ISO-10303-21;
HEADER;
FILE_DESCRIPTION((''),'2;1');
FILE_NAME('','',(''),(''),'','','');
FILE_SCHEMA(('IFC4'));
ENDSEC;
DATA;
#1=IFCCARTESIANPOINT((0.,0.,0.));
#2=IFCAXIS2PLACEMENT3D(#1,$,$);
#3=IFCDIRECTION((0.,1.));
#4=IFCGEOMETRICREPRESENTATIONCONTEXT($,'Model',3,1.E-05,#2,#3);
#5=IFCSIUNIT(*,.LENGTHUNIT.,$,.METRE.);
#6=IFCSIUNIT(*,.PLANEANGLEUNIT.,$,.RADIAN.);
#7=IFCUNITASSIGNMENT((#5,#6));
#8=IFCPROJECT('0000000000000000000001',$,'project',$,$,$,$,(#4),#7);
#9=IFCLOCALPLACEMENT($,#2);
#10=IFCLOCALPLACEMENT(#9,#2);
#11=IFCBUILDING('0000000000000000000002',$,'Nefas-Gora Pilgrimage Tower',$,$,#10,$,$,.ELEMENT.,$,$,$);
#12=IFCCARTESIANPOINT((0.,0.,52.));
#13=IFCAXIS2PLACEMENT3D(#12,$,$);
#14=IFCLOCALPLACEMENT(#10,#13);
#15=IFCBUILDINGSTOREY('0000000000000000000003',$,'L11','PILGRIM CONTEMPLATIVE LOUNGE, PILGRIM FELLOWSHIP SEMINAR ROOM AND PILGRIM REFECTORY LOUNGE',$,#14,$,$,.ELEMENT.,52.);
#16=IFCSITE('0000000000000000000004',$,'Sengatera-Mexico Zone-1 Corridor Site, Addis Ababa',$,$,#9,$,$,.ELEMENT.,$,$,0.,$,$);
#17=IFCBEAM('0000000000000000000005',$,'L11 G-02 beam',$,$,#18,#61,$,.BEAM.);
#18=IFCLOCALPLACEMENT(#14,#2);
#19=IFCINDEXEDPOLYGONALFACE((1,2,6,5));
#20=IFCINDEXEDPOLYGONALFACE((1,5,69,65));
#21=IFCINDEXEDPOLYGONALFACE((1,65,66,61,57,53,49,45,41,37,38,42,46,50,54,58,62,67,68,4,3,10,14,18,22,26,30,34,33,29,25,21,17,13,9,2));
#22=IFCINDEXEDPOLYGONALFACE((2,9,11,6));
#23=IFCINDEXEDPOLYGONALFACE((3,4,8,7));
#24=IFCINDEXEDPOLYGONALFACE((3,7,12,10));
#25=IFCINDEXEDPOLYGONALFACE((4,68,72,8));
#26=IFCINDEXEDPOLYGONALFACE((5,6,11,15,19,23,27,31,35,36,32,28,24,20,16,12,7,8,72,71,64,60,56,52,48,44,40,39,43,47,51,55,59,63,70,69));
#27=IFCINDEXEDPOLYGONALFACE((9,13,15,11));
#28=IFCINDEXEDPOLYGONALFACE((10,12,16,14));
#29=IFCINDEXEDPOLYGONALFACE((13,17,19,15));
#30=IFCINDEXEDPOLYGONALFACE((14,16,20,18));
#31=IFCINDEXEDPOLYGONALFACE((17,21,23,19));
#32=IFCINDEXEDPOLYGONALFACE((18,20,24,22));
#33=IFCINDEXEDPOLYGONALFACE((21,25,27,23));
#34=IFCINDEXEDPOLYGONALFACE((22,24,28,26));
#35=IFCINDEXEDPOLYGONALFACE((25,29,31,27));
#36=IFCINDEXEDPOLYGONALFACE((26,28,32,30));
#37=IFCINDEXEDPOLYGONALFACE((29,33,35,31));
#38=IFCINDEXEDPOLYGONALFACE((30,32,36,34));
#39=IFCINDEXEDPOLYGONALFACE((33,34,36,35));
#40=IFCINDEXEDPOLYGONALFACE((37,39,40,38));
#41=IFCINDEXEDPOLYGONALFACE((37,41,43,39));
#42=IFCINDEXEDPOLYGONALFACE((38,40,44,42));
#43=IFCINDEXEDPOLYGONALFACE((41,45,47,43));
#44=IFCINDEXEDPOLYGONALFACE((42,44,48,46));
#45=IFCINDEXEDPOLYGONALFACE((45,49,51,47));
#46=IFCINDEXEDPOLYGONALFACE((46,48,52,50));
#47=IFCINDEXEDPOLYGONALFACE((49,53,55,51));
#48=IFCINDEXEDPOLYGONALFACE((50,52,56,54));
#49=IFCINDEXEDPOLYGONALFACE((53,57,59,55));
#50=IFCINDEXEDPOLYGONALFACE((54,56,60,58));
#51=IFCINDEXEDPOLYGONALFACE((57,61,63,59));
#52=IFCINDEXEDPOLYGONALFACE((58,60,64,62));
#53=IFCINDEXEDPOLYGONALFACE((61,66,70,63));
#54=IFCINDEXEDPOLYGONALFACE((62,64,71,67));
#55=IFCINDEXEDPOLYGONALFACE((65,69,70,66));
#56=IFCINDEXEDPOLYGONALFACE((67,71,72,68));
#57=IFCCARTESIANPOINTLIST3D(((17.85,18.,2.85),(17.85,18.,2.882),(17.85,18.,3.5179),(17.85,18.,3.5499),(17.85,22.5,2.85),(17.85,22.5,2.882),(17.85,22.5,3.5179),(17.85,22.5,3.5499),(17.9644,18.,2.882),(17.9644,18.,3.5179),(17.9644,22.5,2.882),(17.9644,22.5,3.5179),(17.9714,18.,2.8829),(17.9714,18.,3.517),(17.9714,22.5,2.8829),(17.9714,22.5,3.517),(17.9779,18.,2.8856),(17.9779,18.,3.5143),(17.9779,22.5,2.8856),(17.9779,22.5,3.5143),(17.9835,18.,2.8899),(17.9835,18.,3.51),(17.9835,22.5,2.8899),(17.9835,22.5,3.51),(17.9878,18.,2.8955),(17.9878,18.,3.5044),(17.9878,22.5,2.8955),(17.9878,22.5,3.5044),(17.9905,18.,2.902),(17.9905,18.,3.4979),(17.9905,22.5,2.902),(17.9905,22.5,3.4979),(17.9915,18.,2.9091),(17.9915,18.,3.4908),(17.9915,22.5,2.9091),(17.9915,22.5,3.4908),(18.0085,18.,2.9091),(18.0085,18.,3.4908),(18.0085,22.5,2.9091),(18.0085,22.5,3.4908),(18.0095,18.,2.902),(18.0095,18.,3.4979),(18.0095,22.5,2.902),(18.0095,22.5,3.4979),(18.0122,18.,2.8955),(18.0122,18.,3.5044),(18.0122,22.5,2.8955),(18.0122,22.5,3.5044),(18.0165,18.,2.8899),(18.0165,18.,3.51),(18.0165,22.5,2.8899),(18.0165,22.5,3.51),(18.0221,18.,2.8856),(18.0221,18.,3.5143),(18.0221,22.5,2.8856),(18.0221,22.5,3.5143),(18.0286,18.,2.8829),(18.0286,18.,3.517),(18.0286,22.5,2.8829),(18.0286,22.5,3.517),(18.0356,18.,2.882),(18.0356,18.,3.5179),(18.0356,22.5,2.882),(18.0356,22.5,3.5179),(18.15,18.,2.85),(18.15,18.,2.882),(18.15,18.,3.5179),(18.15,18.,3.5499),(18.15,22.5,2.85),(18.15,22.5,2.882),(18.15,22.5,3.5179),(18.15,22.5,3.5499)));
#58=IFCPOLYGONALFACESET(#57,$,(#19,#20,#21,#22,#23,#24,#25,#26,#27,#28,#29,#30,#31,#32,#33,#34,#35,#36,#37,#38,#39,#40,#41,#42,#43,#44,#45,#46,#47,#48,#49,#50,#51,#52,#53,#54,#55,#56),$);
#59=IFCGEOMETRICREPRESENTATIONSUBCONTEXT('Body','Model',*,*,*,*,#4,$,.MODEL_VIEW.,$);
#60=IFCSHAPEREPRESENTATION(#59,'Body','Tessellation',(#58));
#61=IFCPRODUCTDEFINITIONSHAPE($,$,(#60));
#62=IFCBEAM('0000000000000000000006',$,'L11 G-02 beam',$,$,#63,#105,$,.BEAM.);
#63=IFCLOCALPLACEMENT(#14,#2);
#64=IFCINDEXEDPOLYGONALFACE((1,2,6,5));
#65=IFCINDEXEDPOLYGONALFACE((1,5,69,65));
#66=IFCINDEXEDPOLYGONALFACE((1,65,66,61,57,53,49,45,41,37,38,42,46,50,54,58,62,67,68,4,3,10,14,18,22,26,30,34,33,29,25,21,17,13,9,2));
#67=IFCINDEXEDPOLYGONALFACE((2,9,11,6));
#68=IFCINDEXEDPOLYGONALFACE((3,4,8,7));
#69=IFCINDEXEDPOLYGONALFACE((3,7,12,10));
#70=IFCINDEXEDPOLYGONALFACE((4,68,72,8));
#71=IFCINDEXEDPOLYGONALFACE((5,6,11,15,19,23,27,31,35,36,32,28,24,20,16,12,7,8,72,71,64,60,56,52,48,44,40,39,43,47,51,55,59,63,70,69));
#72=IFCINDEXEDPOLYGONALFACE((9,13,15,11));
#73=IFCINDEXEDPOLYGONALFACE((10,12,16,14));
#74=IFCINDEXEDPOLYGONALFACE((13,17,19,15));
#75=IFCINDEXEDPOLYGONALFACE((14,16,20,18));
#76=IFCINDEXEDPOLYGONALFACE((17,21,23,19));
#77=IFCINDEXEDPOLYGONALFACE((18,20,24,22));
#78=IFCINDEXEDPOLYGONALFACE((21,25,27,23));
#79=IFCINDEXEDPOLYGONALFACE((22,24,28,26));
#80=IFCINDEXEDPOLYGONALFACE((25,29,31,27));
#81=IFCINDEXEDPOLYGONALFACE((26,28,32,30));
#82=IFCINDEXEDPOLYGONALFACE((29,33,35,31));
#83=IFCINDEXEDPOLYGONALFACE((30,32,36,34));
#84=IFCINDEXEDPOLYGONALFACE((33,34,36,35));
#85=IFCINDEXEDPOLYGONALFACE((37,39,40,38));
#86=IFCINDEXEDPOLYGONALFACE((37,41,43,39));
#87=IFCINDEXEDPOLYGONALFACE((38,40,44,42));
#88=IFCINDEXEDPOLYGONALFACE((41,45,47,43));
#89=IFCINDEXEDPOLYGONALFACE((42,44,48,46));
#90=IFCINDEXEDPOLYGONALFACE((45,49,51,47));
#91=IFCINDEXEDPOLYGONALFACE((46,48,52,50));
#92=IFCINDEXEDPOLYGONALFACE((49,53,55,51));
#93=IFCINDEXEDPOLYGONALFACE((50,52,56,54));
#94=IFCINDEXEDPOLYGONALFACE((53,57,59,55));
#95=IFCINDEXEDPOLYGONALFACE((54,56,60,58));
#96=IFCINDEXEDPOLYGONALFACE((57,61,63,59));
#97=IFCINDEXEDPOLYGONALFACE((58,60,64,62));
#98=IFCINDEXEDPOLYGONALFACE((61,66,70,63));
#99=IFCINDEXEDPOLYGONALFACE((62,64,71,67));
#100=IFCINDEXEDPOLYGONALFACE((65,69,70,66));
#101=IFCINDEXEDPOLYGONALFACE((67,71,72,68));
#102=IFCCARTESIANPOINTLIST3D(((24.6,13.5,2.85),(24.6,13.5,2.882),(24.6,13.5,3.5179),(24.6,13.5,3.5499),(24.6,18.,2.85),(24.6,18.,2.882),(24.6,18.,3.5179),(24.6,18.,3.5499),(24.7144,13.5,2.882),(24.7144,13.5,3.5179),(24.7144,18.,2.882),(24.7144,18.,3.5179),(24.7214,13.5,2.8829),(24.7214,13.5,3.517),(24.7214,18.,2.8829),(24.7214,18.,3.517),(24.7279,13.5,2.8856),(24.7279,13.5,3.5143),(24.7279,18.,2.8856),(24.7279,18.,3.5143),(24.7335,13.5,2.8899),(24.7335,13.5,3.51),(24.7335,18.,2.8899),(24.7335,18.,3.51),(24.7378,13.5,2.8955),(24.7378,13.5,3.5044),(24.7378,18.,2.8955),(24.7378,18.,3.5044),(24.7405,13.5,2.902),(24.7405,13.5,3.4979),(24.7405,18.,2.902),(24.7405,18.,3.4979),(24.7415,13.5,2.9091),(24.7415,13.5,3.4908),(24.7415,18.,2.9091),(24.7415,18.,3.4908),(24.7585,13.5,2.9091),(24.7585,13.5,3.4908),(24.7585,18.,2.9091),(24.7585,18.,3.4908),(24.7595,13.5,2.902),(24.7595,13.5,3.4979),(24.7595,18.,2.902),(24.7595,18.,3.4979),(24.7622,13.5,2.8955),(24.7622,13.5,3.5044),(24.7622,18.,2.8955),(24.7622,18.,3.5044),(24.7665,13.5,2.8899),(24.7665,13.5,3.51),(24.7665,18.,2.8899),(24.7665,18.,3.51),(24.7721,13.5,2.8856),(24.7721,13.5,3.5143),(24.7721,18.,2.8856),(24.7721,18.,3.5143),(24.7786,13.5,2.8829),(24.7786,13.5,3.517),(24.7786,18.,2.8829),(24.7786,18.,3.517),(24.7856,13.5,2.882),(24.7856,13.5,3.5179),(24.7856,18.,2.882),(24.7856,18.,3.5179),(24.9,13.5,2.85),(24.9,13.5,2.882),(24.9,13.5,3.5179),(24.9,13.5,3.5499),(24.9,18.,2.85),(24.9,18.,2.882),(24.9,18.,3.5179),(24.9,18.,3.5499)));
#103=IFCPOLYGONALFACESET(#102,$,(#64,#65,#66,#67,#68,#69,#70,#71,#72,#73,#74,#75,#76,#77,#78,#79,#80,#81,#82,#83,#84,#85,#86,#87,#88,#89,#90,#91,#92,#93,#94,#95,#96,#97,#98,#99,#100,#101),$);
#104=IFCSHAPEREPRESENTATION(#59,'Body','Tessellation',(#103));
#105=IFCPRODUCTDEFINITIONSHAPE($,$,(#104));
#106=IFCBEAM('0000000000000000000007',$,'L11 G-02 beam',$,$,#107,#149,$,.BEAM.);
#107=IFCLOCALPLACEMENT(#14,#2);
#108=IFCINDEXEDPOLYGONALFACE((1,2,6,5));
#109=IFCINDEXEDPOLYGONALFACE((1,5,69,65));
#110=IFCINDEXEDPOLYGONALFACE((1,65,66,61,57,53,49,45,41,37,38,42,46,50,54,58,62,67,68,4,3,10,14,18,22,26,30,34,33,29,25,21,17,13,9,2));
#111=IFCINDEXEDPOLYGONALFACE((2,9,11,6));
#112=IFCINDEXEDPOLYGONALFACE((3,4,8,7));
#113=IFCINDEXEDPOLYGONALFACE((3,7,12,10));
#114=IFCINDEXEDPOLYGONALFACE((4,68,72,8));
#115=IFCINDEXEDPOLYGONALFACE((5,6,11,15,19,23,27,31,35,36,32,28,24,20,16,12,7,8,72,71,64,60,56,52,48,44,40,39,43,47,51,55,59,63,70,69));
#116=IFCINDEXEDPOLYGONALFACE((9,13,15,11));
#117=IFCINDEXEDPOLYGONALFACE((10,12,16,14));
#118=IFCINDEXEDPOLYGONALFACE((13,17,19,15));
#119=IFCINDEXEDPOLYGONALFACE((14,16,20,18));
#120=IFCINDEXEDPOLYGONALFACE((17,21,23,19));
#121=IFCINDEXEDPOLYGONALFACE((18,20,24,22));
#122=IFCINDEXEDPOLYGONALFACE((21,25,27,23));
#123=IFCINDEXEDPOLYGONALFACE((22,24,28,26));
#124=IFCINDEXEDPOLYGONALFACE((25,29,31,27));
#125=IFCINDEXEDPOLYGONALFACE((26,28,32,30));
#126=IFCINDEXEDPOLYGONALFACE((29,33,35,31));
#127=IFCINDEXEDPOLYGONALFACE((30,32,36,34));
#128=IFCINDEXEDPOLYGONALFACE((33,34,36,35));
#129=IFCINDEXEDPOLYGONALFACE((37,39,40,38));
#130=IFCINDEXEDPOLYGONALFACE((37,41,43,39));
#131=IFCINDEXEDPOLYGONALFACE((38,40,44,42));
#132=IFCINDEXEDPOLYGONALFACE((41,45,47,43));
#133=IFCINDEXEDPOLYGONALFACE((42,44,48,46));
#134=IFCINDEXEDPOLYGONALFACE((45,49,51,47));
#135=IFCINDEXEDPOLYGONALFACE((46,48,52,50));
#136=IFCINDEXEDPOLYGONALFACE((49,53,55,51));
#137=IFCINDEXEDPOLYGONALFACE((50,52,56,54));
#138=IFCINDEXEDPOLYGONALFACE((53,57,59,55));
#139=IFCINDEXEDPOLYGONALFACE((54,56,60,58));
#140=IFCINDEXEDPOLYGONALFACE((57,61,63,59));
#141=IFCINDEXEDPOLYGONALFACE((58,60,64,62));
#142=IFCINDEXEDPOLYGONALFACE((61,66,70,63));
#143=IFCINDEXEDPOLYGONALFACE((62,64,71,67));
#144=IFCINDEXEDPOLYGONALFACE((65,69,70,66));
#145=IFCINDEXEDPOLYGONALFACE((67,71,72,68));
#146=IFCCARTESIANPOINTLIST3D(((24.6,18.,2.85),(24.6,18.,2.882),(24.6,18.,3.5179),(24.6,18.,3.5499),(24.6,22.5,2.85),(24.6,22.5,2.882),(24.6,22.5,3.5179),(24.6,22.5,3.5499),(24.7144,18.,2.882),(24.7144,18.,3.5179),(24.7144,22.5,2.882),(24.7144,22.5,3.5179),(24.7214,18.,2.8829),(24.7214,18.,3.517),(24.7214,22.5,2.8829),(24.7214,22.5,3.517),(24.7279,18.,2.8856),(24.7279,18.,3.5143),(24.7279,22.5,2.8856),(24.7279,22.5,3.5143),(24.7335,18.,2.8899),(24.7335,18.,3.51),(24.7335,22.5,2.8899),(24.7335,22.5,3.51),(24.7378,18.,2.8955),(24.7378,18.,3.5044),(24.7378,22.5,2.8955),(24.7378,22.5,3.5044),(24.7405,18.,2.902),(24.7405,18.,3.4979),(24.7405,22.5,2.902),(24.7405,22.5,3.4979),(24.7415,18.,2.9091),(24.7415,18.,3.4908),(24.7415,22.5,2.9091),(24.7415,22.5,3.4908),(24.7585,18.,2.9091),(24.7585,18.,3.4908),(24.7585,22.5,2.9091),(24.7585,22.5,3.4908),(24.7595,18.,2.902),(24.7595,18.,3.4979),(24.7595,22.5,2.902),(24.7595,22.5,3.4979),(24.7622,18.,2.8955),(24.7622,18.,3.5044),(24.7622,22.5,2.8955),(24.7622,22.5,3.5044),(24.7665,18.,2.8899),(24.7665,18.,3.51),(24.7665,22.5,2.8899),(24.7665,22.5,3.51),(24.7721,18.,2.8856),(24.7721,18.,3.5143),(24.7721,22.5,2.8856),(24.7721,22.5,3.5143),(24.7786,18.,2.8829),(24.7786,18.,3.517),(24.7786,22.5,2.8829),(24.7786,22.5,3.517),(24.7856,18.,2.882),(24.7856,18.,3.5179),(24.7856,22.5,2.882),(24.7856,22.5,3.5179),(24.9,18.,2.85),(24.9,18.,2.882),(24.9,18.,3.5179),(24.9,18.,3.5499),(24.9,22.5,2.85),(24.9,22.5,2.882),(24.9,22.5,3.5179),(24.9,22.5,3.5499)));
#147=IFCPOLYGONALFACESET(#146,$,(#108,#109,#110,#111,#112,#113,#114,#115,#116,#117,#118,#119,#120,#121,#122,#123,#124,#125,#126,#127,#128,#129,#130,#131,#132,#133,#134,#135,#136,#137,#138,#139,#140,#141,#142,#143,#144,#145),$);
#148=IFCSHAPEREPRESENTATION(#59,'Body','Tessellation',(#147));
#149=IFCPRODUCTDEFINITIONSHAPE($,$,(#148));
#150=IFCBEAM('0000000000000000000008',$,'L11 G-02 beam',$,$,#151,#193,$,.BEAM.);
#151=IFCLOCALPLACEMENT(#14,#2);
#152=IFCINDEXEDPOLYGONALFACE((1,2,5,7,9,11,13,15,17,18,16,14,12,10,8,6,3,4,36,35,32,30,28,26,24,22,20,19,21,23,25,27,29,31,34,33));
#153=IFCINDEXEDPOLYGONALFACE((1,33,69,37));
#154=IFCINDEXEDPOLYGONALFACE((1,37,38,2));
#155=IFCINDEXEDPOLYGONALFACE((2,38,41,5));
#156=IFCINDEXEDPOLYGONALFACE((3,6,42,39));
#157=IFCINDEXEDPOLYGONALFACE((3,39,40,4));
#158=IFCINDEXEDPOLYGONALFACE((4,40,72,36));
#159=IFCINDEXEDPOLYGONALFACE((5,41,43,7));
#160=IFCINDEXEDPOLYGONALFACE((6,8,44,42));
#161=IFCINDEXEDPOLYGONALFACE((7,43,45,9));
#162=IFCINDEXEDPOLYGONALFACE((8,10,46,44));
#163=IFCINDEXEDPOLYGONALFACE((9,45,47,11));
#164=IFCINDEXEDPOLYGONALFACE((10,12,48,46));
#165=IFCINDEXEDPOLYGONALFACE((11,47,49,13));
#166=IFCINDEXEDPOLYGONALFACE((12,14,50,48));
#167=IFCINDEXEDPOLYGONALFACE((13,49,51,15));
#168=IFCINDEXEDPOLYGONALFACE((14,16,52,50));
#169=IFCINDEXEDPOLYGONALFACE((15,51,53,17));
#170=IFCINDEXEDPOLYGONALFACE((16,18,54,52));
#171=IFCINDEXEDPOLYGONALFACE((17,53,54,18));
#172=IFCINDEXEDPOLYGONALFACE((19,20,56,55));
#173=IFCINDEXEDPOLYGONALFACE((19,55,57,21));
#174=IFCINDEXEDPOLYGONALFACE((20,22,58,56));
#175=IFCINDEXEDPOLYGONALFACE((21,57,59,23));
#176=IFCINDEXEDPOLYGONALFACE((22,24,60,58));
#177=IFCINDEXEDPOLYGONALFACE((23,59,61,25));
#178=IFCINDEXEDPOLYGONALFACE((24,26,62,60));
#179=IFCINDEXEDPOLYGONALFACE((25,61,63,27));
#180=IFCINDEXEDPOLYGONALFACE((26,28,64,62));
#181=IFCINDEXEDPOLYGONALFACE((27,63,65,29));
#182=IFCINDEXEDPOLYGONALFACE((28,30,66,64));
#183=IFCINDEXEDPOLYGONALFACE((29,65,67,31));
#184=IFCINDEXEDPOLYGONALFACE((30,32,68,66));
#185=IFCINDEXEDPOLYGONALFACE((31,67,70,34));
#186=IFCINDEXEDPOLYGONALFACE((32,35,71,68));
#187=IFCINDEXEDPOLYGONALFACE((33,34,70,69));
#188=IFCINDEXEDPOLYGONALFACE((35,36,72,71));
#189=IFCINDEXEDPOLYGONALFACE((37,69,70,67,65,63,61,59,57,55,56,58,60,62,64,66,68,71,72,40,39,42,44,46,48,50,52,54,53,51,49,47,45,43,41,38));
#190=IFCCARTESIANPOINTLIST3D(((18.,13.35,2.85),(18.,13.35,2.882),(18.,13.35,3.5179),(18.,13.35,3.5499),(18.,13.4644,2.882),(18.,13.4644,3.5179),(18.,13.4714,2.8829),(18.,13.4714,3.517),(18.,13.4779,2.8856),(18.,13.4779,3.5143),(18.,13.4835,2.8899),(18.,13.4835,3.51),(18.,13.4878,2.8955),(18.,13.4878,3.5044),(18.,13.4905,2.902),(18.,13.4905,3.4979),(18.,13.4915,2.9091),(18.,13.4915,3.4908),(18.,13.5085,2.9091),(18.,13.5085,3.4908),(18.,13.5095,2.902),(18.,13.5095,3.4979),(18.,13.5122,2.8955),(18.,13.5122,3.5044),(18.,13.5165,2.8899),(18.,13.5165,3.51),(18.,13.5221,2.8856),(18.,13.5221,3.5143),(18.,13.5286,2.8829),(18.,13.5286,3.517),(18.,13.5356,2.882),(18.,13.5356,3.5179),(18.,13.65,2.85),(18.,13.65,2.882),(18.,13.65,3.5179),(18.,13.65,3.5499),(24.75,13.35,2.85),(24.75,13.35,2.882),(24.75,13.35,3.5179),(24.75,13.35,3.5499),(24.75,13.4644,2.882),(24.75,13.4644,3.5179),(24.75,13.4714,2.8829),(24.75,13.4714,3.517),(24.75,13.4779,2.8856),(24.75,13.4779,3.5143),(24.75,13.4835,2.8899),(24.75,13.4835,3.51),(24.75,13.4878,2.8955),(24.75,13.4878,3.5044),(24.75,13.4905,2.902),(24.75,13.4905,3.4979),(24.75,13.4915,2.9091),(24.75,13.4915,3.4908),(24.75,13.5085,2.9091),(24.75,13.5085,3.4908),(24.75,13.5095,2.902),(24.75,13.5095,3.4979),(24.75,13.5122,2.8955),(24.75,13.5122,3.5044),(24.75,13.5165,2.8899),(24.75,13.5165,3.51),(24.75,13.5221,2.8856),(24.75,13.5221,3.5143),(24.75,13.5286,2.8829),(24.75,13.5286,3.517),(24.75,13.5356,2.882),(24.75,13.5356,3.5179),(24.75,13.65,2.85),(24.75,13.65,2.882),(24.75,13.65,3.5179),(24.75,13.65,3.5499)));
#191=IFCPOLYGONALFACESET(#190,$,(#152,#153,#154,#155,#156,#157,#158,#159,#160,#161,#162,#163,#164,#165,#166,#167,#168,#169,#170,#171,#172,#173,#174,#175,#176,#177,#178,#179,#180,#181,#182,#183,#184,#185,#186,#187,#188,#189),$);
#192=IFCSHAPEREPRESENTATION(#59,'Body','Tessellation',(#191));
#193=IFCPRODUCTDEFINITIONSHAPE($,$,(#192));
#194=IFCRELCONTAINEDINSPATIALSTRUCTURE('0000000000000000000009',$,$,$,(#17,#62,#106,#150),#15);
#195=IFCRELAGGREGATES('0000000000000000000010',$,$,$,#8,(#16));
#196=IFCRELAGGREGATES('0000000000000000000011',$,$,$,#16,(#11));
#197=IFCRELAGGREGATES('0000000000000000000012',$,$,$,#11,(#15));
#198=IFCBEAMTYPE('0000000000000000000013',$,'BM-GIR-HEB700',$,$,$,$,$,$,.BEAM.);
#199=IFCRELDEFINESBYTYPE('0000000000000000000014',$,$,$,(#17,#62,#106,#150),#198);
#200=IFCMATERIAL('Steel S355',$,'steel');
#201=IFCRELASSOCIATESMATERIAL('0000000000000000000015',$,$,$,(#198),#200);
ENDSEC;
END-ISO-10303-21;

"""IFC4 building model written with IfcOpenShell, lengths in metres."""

from ifc_helpers import new_model, si_unit, direction, frame, origin, origin_2d, place, context, subcontext, project, spatial, i_section, extrude, source, transform, mapped, material, material_profile, profile_set, type_object, element, save


model = new_model("IFC4")

# Units and contexts
model_context = context("Model", 3, precision=1e-05, world=origin(), true_north=direction((0.0, 1.0)))
body_context = subcontext(model_context, "Body", "Model", "MODEL_VIEW")
ifc_project = project(units=[si_unit("LENGTHUNIT", "METRE"), si_unit("PLANEANGLEUNIT", "RADIAN")], contexts=[model_context])

# Site, building, storey
site_placement = place(None, origin())
site = spatial("IfcSite", under=ifc_project, at=site_placement, Name="Sengatera-Mexico Zone-1 Corridor Site, Addis Ababa", CompositionType="ELEMENT", RefElevation=0.0)
building_placement = place(site_placement, origin())
building = spatial("IfcBuilding", under=site, at=building_placement, Name="Nefas-Gora Pilgrimage Tower", CompositionType="ELEMENT")
storey_placement = place(building_placement, frame((0.0, 0.0, 52.0)))
storey = spatial("IfcBuildingStorey", under=building, at=storey_placement, Name="L11", Description="PILGRIM CONTEMPLATIVE LOUNGE, PILGRIM FELLOWSHIP SEMINAR ROOM AND PILGRIM REFECTORY LOUNGE", CompositionType="ELEMENT", Elevation=52.0)

# Beams
ifc_material_1 = material(Name="Steel S355", Category="steel")
ifc_material_profile_1 = material_profile(ifc_material_1, i_section(OverallWidth=0.3, OverallDepth=0.7, WebThickness=0.0171, FlangeThickness=0.032, FilletRadius=0.0271, at=origin_2d()), Name="HEB 700")
ifc_profile_set_1 = profile_set([ifc_material_profile_1], Name="Steel S355")
beam_type_1 = type_object("IfcBeamType", Name="BM-GIR-HEB700", PredefinedType="BEAM", material=ifc_profile_set_1)
shared_shape_1 = source(origin(), body_context, "Body", "SweptSolid", [
    extrude(i_section(OverallWidth=0.3, OverallDepth=0.7, WebThickness=0.0171, FlangeThickness=0.032, FilletRadius=0.0271, at=origin_2d()), origin(), (0.0, 0.0, 1.0), 4.5),
])
for number, where, z_axis, x_axis, name in (
    (1, (18.0, 18.0, 3.2), (0.0, 1.0, 0.0), (-1.0, 0.0, 0.0), "L11 G-02 beam"),
    (2, (24.75, 13.5, 3.2), (0.0, 1.0, 0.0), (-1.0, 0.0, 0.0), "L11 G-02 beam"),
    (3, (24.75, 18.0, 3.2), (0.0, 1.0, 0.0), (-1.0, 0.0, 0.0), "L11 G-02 beam"),
):
    element("IfcBeam", number, at=place(storey_placement, frame(where, z_axis=z_axis, x_axis=x_axis)), inside=storey, type_object=beam_type_1, Name=name, PredefinedType="BEAM", context=body_context, shape_type="MappedRepresentation", body=[
        mapped(shared_shape_1, transform((0.0, 0.0, 0.0), x_axis=(1.0, 0.0, 0.0), y_axis=(0.0, 1.0, 0.0), z_axis=(0.0, 0.0, 1.0), scale=1.0)),
    ])
shared_shape_2 = source(origin(), body_context, "Body", "SweptSolid", [
    extrude(i_section(OverallWidth=0.3, OverallDepth=0.7, WebThickness=0.0171, FlangeThickness=0.032, FilletRadius=0.0271, at=origin_2d()), origin(), (0.0, 0.0, 1.0), 6.75),
])
for number, where, z_axis, x_axis, name in (
    (4, (18.0, 13.5, 3.2), (1.0, 0.0, 0.0), (0.0, 1.0, 0.0), "L11 G-02 beam"),
):
    element("IfcBeam", number, at=place(storey_placement, frame(where, z_axis=z_axis, x_axis=x_axis)), inside=storey, type_object=beam_type_1, Name=name, PredefinedType="BEAM", context=body_context, shape_type="MappedRepresentation", body=[
        mapped(shared_shape_2, transform((0.0, 0.0, 0.0), x_axis=(1.0, 0.0, 0.0), y_axis=(0.0, 1.0, 0.0), z_axis=(0.0, 0.0, 1.0), scale=1.0)),
    ])

save(model, "model.ifc")
